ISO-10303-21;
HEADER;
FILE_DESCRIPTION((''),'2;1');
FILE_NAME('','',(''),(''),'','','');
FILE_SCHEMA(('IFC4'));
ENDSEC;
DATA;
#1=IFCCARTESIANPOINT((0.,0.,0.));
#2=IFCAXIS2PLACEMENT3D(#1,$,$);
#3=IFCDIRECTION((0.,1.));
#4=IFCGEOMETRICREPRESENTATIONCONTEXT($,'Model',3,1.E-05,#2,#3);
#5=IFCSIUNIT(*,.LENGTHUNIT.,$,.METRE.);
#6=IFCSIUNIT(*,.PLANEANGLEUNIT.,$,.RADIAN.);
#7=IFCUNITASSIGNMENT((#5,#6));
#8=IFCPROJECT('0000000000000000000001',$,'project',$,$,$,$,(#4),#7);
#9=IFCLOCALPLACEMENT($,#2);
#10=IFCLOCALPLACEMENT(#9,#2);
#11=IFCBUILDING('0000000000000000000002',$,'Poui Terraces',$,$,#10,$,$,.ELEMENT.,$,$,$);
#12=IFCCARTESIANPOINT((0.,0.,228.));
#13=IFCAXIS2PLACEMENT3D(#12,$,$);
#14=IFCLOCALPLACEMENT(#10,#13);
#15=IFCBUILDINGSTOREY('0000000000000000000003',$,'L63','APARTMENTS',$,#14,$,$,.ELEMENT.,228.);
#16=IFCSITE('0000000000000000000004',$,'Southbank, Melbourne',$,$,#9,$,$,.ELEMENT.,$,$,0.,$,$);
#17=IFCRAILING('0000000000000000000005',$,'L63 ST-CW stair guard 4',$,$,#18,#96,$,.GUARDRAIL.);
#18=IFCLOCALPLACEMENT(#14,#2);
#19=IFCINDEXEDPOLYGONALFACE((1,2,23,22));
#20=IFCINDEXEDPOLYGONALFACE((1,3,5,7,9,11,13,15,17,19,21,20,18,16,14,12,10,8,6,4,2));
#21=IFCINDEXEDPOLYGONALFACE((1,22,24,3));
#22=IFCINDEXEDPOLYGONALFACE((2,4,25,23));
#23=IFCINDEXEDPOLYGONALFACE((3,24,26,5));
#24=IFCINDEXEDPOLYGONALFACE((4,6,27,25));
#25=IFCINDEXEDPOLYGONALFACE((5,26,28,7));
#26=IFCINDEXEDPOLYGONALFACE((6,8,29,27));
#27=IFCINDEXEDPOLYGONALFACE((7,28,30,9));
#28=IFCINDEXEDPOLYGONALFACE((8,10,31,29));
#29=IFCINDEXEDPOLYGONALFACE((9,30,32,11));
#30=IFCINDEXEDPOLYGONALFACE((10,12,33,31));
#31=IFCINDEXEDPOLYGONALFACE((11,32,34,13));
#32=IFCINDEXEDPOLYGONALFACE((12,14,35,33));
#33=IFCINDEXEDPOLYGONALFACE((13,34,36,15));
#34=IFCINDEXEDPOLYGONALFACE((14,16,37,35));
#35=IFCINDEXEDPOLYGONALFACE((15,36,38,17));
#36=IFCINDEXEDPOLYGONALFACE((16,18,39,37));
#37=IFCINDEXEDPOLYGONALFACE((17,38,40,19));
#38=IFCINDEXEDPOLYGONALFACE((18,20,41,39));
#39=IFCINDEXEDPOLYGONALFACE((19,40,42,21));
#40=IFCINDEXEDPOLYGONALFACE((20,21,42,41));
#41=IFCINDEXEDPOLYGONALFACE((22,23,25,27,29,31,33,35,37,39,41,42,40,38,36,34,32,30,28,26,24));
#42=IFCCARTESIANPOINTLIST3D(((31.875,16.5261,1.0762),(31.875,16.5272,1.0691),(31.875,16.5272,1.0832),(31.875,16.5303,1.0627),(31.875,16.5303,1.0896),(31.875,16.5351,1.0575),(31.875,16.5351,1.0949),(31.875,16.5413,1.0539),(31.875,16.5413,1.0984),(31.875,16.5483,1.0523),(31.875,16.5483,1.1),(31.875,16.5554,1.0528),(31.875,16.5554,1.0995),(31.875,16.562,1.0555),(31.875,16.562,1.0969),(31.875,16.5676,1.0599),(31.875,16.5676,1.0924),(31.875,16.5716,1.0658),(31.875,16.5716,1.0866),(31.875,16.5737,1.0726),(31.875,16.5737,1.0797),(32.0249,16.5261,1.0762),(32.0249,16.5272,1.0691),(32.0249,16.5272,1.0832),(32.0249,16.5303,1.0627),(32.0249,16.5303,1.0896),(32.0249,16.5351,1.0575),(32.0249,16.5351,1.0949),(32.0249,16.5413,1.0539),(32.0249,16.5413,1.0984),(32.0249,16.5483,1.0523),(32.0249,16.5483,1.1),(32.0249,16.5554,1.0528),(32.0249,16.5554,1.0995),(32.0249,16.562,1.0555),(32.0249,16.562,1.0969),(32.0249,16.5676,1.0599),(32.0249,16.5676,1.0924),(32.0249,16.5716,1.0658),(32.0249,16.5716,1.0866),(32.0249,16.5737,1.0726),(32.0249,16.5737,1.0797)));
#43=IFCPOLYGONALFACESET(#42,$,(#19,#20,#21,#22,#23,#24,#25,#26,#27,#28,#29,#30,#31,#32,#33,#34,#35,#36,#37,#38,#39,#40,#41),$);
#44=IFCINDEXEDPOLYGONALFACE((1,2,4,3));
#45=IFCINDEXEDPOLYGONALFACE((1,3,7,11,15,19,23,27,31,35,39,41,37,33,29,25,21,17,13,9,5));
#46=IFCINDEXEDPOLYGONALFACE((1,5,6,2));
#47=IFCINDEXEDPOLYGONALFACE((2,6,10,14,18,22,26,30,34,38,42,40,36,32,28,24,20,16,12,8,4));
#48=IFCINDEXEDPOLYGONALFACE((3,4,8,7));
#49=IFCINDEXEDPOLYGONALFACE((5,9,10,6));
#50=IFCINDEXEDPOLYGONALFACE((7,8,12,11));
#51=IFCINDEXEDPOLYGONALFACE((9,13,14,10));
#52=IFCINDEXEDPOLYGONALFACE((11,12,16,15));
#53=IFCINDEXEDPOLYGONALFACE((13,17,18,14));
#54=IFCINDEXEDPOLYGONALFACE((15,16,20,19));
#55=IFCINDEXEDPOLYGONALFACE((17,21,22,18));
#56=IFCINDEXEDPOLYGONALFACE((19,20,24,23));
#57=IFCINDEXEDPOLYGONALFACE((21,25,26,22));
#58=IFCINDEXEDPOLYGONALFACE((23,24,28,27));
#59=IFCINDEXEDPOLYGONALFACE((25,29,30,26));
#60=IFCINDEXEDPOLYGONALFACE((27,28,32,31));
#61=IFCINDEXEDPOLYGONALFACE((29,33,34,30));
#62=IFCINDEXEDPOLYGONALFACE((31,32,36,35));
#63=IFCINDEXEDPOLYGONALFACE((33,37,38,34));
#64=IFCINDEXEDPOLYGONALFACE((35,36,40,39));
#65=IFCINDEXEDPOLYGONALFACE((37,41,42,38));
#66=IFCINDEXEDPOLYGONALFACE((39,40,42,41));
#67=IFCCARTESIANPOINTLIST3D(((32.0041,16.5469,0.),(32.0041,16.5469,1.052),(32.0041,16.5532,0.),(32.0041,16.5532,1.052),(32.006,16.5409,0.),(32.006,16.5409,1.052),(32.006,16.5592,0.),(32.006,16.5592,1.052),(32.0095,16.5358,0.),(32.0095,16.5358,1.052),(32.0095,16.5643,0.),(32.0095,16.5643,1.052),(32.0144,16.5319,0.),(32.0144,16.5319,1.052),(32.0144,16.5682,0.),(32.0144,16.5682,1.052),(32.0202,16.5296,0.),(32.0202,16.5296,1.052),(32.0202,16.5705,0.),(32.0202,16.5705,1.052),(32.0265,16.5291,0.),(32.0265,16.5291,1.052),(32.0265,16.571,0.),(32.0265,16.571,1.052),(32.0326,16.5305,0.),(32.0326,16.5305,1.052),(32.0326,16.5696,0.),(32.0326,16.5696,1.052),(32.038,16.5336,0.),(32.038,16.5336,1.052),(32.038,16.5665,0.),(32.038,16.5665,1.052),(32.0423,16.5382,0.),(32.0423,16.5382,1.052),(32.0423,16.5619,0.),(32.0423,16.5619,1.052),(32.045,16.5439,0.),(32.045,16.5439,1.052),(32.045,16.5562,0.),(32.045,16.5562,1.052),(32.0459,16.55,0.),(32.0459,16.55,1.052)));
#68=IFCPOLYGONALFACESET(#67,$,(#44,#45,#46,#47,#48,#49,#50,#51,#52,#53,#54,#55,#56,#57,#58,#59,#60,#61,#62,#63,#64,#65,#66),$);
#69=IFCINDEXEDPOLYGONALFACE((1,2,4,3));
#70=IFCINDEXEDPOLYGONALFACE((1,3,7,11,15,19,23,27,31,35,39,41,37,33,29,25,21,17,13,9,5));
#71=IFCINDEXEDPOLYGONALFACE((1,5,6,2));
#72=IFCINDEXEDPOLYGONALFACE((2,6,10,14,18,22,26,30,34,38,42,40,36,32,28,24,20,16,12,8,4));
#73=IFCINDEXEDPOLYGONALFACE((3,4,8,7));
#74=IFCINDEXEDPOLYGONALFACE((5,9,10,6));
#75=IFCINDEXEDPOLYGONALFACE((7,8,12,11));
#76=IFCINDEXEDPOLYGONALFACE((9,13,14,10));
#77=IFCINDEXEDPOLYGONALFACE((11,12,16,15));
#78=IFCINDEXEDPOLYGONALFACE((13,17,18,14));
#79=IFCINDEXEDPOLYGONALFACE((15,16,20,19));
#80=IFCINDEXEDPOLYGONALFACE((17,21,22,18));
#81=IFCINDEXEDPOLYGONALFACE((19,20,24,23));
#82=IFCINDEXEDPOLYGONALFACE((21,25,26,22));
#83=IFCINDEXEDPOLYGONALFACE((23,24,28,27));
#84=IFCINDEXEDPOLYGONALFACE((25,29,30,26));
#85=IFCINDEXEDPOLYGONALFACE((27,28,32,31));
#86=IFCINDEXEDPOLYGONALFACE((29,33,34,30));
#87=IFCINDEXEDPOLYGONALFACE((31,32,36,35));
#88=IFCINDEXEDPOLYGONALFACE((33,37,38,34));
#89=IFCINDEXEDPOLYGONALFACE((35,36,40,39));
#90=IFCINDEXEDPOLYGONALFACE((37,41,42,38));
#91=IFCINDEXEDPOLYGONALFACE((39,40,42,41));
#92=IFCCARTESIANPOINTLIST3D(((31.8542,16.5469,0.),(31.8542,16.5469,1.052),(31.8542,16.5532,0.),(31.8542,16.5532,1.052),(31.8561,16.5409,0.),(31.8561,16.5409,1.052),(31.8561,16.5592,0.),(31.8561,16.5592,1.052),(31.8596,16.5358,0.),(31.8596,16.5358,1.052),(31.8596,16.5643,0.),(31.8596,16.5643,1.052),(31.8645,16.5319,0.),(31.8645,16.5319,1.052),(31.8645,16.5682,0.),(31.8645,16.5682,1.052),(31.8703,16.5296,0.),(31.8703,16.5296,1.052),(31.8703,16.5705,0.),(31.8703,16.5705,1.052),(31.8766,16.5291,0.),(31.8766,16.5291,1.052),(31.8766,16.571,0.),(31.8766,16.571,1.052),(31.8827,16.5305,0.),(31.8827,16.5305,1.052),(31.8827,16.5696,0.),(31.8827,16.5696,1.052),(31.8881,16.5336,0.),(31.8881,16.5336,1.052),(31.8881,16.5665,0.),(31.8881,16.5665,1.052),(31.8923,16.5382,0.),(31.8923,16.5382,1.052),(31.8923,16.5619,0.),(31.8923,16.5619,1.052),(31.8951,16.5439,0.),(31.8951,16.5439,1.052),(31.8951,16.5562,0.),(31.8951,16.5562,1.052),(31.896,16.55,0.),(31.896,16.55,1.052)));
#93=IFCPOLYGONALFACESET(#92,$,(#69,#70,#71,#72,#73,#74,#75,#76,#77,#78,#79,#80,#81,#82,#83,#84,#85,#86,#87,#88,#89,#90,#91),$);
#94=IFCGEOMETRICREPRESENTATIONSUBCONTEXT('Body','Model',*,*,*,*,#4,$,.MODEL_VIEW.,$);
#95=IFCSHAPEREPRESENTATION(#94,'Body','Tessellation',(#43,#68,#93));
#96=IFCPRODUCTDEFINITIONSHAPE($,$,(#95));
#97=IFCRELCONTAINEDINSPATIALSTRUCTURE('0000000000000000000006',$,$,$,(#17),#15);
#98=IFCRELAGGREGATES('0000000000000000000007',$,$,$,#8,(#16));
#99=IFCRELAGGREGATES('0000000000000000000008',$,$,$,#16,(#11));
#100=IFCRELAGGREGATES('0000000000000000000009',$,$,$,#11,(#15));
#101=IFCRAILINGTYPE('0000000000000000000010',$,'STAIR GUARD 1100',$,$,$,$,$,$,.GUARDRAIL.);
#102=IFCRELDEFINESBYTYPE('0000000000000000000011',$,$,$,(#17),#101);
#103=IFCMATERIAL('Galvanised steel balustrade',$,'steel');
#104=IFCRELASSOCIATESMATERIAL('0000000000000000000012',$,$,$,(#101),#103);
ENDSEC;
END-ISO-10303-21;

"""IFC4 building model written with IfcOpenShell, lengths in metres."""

from ifc_helpers import new_model, si_unit, direction, frame, origin, origin_2d, place, context, subcontext, project, spatial, circle, extrude, material, type_object, element, save


model = new_model("IFC4")

# Units and contexts
model_context = context("Model", 3, precision=1e-05, world=origin(), true_north=direction((0.0, 1.0)))
body_context = subcontext(model_context, "Body", "Model", "MODEL_VIEW")
ifc_project = project(units=[si_unit("LENGTHUNIT", "METRE"), si_unit("PLANEANGLEUNIT", "RADIAN")], contexts=[model_context])

# Site, building, storey
site_placement = place(None, origin())
site = spatial("IfcSite", under=ifc_project, at=site_placement, Name="Southbank, Melbourne", CompositionType="ELEMENT", RefElevation=0.0)
building_placement = place(site_placement, origin())
building = spatial("IfcBuilding", under=site, at=building_placement, Name="Poui Terraces", CompositionType="ELEMENT")
storey_placement = place(building_placement, frame((0.0, 0.0, 228.0)))
storey = spatial("IfcBuildingStorey", under=building, at=storey_placement, Name="L63", Description="APARTMENTS", CompositionType="ELEMENT", Elevation=228.0)

# Railing
ifc_material_1 = material(Name="Galvanised steel balustrade", Category="steel")
railing_type_1 = type_object("IfcRailingType", Name="STAIR GUARD 1100", PredefinedType="GUARDRAIL", material=ifc_material_1)
railing_1_placement = place(storey_placement, frame((32.0249, 16.55, 0.0)))
element("IfcRailing", 1, at=railing_1_placement, inside=storey, type_object=railing_type_1, Name="L63 ST-CW stair guard 4", PredefinedType="GUARDRAIL", context=body_context, shape_type="SweptSolid", body=[
    extrude(circle(Radius=0.0239, at=origin_2d()), frame((0.0, 0.0, 1.0762), z_axis=(-1.0, 0.0, 0.0), x_axis=(0.0, -1.0, 0.0)), (0.0, 0.0, 1.0), 0.1499),
    extrude(circle(Radius=0.021, at=origin_2d()), origin(), (0.0, 0.0, 1.0), 1.052),
    extrude(circle(Radius=0.021, at=origin_2d()), frame((-0.1499, 0.0, 0.0)), (0.0, 0.0, 1.0), 1.052),
])

save(model, "model.ifc")
